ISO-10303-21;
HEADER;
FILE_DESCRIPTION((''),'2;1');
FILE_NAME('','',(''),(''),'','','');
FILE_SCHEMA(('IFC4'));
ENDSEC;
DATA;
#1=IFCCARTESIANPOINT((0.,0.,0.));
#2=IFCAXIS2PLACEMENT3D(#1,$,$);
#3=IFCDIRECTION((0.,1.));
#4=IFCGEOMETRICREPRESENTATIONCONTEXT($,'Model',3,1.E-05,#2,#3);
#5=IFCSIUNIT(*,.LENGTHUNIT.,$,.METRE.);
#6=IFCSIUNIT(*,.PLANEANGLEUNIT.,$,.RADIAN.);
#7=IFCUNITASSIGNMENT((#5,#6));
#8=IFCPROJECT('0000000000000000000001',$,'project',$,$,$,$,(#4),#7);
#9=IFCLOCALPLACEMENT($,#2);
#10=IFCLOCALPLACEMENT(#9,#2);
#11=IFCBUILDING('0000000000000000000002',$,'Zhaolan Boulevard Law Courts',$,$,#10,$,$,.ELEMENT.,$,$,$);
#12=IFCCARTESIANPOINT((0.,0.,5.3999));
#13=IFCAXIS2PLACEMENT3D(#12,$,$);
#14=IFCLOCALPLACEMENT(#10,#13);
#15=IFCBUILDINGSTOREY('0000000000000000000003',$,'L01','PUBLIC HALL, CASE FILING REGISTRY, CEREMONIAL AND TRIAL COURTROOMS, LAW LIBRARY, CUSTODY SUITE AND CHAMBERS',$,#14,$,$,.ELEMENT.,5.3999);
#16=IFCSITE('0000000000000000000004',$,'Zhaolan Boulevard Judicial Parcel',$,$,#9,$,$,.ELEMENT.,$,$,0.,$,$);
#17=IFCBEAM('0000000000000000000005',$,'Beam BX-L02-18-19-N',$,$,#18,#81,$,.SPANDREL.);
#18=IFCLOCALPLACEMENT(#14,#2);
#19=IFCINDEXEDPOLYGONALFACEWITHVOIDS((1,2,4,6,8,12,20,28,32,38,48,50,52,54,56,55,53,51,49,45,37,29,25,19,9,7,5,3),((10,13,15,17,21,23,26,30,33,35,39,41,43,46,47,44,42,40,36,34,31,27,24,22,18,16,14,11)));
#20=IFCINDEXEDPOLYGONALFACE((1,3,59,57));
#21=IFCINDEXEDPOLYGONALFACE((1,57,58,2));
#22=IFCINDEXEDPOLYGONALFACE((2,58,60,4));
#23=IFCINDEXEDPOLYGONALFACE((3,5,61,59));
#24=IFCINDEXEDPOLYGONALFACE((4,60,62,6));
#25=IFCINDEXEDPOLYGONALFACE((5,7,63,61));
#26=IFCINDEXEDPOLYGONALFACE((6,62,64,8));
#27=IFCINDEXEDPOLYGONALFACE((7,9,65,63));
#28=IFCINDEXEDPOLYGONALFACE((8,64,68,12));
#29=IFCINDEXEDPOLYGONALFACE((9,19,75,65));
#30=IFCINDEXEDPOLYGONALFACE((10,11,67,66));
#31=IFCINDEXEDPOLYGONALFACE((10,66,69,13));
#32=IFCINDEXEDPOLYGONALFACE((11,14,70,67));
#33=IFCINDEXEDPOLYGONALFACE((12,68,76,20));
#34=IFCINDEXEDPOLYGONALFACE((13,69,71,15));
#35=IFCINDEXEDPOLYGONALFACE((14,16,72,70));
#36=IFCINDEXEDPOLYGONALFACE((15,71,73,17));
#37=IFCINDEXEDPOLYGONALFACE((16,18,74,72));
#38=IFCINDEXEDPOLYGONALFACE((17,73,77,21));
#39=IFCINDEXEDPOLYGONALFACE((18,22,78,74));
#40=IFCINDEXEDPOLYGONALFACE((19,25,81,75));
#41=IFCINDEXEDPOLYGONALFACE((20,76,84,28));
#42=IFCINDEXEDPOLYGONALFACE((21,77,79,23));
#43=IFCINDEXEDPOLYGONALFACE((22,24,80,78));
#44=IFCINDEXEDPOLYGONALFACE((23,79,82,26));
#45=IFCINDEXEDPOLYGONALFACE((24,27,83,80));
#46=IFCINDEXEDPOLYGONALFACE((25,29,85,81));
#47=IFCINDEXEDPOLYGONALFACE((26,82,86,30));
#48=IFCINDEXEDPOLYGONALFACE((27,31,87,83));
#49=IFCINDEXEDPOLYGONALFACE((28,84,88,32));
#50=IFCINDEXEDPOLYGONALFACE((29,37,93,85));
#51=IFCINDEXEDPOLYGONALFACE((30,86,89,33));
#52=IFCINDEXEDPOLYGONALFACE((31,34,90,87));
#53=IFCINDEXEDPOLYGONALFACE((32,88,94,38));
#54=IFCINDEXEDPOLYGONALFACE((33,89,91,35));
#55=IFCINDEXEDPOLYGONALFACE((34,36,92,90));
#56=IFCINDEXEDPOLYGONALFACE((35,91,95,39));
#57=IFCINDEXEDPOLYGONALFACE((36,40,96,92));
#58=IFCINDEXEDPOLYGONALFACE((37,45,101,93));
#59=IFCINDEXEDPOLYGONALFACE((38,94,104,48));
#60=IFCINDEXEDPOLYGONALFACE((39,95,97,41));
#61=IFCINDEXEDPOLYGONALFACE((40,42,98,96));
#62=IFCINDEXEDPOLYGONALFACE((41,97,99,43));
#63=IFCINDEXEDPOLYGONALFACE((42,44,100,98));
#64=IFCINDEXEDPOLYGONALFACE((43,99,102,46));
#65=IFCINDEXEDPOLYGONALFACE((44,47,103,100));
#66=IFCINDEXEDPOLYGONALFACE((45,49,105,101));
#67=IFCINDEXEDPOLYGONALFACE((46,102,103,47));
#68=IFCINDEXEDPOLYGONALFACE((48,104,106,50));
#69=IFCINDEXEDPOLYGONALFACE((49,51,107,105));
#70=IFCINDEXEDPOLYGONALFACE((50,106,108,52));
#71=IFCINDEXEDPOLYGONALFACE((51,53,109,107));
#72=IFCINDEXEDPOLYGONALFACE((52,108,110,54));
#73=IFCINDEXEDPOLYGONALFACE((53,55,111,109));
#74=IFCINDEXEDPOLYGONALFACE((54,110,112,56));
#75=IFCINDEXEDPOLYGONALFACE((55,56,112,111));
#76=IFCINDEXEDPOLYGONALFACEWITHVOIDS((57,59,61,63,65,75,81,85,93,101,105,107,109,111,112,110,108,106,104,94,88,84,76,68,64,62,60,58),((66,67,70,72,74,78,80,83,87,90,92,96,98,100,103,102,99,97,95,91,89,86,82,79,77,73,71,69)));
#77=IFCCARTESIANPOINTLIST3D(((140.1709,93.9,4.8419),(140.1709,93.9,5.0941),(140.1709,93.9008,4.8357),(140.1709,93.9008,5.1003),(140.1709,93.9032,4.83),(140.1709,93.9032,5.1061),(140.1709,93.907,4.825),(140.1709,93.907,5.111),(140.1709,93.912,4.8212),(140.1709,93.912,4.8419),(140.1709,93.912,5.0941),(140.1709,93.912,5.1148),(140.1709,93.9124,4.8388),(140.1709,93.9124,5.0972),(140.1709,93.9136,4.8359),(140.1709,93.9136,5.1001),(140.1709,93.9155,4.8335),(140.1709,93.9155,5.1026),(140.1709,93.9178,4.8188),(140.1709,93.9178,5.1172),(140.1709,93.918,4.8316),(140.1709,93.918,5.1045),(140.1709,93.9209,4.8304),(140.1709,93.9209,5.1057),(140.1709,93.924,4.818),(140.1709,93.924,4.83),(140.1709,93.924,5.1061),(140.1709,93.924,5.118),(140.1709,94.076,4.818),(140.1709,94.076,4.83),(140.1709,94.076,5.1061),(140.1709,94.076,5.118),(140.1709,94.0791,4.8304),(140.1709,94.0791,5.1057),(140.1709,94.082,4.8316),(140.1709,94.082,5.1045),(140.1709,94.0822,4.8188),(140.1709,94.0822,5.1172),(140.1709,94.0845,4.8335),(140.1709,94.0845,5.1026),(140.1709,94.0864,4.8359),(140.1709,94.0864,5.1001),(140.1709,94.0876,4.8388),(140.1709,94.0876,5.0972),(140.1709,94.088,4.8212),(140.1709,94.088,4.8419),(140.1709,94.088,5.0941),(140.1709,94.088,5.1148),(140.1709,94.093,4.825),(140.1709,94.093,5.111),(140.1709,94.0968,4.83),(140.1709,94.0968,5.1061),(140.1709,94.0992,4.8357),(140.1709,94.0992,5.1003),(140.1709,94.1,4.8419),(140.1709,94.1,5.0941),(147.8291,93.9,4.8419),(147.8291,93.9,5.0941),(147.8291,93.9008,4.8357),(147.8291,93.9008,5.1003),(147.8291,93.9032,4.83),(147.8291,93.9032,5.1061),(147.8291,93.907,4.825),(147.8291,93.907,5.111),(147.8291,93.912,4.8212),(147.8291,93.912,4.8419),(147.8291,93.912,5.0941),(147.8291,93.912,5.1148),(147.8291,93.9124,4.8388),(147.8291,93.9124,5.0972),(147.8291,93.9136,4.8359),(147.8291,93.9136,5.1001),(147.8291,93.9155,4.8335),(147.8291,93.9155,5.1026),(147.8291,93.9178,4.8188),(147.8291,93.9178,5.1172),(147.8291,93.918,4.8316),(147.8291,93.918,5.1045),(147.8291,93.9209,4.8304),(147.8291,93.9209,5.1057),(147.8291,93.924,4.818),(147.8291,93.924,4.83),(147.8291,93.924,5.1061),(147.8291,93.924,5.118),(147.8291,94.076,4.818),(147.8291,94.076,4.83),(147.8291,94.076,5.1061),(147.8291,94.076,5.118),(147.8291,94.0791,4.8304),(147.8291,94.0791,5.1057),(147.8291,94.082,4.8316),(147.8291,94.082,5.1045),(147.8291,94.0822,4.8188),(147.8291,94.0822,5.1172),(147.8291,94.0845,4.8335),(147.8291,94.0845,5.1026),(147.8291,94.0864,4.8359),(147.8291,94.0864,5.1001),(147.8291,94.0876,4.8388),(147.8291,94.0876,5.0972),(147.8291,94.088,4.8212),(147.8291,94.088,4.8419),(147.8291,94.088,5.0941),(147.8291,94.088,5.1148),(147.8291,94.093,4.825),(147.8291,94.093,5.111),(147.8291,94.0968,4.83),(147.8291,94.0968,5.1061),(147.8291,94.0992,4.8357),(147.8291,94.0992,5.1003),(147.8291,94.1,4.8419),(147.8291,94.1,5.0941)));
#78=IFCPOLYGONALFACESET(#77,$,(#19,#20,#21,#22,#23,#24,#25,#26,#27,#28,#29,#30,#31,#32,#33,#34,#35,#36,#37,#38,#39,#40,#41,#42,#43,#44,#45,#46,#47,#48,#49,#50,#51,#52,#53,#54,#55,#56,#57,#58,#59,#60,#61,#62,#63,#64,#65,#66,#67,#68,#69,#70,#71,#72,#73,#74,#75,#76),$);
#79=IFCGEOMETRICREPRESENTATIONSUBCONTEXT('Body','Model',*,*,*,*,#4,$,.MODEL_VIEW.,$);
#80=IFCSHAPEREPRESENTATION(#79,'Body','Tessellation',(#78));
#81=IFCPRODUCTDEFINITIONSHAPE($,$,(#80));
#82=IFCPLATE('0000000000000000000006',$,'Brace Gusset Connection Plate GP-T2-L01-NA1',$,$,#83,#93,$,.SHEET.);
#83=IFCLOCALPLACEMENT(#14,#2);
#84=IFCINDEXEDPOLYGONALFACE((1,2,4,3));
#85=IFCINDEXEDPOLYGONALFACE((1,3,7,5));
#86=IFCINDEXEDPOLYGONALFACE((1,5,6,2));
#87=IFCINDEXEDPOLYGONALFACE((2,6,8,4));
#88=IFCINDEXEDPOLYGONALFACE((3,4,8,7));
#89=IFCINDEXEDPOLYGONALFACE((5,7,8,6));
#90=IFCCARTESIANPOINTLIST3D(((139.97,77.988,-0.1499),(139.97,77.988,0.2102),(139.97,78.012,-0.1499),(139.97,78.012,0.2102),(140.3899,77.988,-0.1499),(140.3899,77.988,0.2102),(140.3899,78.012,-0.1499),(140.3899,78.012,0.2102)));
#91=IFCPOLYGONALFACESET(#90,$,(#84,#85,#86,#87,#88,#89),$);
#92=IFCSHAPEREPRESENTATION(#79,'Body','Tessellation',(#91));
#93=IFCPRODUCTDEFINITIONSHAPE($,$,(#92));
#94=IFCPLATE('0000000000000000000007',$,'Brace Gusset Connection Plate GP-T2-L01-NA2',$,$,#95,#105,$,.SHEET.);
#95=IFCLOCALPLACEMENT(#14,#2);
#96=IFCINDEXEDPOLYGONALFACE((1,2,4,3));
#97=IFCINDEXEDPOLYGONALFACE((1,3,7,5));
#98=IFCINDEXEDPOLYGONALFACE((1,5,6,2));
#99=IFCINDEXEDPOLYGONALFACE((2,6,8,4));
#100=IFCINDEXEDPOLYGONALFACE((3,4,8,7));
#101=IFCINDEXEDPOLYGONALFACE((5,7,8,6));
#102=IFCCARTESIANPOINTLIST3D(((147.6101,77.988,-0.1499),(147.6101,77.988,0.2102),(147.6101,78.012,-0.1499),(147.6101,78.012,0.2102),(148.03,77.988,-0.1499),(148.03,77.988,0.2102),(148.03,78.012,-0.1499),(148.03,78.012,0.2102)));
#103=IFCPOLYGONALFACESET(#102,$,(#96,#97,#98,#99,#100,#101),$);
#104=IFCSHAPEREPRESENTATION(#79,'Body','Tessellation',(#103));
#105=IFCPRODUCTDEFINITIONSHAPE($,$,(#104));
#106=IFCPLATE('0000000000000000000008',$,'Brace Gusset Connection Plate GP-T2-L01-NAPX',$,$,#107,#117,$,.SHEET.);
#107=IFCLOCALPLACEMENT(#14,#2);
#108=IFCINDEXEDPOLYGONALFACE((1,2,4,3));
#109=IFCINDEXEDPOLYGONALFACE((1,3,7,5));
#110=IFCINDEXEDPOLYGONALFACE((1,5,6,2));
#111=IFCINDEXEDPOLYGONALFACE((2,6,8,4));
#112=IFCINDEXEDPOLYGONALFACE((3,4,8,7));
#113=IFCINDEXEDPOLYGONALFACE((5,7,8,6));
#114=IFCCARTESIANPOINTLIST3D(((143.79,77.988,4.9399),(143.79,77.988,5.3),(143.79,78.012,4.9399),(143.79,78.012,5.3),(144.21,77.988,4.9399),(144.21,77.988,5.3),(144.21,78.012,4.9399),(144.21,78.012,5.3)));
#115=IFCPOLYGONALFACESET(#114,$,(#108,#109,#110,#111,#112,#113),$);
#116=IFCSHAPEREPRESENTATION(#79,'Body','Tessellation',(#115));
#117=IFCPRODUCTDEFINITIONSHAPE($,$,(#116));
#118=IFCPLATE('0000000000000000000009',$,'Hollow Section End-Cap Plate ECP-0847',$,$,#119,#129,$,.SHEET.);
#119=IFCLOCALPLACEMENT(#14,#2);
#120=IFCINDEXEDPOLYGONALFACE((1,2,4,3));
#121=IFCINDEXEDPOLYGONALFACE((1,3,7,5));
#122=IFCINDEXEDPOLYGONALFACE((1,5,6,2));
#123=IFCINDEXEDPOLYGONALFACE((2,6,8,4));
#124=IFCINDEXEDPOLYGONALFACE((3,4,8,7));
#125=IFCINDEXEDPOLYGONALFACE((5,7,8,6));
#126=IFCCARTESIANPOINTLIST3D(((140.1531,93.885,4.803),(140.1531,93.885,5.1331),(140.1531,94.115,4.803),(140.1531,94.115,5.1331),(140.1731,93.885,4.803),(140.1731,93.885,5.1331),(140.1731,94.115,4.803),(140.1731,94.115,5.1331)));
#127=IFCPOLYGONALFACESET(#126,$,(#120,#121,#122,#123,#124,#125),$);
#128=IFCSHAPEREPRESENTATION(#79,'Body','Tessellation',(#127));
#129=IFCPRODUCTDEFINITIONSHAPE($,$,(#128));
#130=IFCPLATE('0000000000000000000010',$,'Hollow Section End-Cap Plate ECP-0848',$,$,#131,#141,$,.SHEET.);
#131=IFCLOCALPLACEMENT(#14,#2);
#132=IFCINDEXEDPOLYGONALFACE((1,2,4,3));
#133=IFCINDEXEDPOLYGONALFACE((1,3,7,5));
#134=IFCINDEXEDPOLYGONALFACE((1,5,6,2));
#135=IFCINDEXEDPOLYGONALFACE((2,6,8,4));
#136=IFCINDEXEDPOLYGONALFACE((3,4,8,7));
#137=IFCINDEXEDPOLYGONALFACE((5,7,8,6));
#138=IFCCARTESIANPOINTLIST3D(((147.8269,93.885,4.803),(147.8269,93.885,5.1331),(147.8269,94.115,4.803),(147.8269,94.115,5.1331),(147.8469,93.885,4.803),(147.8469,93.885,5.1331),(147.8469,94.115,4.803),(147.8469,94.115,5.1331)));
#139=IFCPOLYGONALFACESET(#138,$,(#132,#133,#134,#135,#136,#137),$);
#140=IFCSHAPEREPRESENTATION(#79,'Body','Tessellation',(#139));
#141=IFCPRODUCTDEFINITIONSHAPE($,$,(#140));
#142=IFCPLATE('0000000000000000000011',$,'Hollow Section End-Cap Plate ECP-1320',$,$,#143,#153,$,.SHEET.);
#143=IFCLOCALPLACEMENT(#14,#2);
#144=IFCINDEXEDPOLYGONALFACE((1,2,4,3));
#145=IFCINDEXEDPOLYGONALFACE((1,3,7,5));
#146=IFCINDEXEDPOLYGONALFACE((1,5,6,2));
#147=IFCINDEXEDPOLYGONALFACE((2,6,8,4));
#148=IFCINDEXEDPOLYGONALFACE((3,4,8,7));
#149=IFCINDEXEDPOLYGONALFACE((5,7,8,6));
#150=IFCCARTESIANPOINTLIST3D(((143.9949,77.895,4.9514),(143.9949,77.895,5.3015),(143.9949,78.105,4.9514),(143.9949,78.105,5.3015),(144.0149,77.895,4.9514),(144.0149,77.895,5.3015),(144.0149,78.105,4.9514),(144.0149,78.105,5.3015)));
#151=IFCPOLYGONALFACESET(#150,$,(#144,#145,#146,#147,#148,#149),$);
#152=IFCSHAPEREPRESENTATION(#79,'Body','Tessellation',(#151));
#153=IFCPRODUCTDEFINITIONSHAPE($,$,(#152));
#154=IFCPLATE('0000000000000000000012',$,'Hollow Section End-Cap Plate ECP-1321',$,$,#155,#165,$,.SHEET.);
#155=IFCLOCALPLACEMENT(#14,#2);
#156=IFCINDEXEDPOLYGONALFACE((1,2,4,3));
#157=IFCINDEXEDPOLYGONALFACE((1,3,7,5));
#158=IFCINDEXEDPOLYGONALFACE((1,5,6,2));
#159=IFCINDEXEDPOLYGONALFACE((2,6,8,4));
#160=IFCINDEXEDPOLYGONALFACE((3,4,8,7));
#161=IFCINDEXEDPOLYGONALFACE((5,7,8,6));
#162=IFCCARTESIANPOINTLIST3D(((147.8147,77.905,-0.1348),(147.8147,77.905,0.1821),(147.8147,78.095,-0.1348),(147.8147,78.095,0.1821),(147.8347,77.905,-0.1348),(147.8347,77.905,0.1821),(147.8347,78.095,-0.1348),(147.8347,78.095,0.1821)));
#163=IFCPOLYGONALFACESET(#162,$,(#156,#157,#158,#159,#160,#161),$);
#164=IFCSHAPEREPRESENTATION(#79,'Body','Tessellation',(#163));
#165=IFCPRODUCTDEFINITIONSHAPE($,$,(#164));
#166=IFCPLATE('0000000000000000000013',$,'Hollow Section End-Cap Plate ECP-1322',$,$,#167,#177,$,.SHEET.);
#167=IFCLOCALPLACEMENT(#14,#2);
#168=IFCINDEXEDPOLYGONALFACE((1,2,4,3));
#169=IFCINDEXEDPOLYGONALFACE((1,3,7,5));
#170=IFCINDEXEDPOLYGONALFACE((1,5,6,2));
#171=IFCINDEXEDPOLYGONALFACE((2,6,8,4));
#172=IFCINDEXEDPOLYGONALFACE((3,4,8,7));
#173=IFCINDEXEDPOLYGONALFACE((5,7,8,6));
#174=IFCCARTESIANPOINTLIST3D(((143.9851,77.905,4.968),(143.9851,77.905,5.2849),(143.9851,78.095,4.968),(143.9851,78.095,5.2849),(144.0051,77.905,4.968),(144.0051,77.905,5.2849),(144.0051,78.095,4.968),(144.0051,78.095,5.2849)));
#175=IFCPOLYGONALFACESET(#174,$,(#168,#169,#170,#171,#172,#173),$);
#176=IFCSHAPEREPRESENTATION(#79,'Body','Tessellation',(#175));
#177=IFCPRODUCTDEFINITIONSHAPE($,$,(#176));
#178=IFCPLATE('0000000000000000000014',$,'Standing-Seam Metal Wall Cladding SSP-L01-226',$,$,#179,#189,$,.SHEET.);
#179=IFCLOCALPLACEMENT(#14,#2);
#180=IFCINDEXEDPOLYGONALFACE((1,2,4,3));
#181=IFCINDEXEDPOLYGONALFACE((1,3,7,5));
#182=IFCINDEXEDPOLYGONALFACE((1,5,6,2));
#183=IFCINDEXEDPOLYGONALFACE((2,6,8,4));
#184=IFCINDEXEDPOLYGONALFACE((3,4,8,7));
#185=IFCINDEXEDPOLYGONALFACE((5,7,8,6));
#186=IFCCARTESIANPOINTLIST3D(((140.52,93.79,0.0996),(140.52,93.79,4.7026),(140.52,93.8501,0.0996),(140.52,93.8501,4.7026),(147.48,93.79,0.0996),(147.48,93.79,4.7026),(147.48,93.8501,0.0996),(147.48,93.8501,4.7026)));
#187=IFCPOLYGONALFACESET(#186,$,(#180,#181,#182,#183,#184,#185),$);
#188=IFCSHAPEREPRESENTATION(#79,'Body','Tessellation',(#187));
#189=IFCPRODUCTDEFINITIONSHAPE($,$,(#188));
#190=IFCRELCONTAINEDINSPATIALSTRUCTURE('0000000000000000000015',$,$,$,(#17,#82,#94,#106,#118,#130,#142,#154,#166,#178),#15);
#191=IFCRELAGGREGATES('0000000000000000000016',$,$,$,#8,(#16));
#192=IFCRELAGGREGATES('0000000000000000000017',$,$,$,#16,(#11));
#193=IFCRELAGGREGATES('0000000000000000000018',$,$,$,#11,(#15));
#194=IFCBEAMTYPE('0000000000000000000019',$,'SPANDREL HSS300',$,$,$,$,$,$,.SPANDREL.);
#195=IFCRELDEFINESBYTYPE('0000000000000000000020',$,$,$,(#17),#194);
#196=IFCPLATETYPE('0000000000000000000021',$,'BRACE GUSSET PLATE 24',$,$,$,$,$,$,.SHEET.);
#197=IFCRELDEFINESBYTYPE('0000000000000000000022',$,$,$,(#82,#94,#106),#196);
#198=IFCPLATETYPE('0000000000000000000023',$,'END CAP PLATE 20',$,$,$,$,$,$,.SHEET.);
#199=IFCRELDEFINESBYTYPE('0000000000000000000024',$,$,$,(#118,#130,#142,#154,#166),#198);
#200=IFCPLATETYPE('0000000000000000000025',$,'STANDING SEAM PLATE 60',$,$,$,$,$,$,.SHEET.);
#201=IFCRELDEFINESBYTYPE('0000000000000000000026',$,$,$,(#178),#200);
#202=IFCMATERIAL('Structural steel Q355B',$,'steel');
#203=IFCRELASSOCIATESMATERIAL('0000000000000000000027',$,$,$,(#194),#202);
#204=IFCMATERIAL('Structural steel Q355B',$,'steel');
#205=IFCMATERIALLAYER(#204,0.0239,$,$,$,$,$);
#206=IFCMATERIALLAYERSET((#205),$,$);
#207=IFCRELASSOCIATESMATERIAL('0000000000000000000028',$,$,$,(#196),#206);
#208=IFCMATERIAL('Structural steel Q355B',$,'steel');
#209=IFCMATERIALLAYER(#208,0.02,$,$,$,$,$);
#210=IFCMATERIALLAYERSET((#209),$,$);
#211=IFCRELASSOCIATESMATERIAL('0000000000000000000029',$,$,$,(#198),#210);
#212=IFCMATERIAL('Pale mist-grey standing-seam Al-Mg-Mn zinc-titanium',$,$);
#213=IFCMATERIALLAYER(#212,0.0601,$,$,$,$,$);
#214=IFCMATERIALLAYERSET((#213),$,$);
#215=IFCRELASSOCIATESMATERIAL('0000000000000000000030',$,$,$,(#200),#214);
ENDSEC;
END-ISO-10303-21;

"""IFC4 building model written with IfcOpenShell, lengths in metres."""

from ifc_helpers import new_model, si_unit, direction, frame, origin, origin_2d, place, context, subcontext, project, spatial, rectangle, hollow_rectangle, extrude, material, layer, layer_set, material_profile, profile_set, type_object, element, save


model = new_model("IFC4")

# Units and contexts
model_context = context("Model", 3, precision=1e-05, world=origin(), true_north=direction((0.0, 1.0)))
body_context = subcontext(model_context, "Body", "Model", "MODEL_VIEW")
ifc_project = project(units=[si_unit("LENGTHUNIT", "METRE"), si_unit("PLANEANGLEUNIT", "RADIAN")], contexts=[model_context])

# Site, building, storey
site_placement = place(None, origin())
site = spatial("IfcSite", under=ifc_project, at=site_placement, Name="Zhaolan Boulevard Judicial Parcel", CompositionType="ELEMENT", RefElevation=0.0)
building_placement = place(site_placement, origin())
building = spatial("IfcBuilding", under=site, at=building_placement, Name="Zhaolan Boulevard Law Courts", CompositionType="ELEMENT")
storey_placement = place(building_placement, frame((0.0, 0.0, 5.3999)))
storey = spatial("IfcBuildingStorey", under=building, at=storey_placement, Name="L01", Description="PUBLIC HALL, CASE FILING REGISTRY, CEREMONIAL AND TRIAL COURTROOMS, LAW LIBRARY, CUSTODY SUITE AND CHAMBERS", CompositionType="ELEMENT", Elevation=5.3999)

# Beam
ifc_material_1 = material(Name="Structural steel Q355B", Category="steel")
ifc_material_profile_1 = material_profile(ifc_material_1, hollow_rectangle(XDim=0.2, YDim=0.3, WallThickness=0.012, InnerFilletRadius=0.012, OuterFilletRadius=0.0239, at=origin_2d()), Name="HSS300x200x12")
ifc_profile_set_1 = profile_set([ifc_material_profile_1], Name="Structural steel Q355B")
beam_type_1 = type_object("IfcBeamType", Name="SPANDREL HSS300", PredefinedType="SPANDREL", material=ifc_profile_set_1)
beam_1_placement = place(storey_placement, frame((140.1709, 94.0, 4.968), z_axis=(1.0, 0.0, 0.0), x_axis=(0.0, 1.0, 0.0)))
element("IfcBeam", 1, at=beam_1_placement, inside=storey, type_object=beam_type_1, Name="Beam BX-L02-18-19-N", PredefinedType="SPANDREL", context=body_context, shape_type="SweptSolid", body=[
    extrude(hollow_rectangle(XDim=0.2, YDim=0.3, WallThickness=0.012, InnerFilletRadius=0.012, OuterFilletRadius=0.0239, at=origin_2d()), origin(), (0.0, 0.0, 1.0), 7.6582),
])

# Plates
ifc_material_2 = material(Name="Structural steel Q355B", Category="steel")
ifc_layer_1 = layer(ifc_material_2, 0.0239)
ifc_layer_set_1 = layer_set([ifc_layer_1])
plate_type_1 = type_object("IfcPlateType", Name="BRACE GUSSET PLATE 24", PredefinedType="SHEET", material=ifc_layer_set_1)
for number, where, z_axis, x_axis, name in (
    (2, (140.1799, 78.0, -0.1499), (0.0, 0.0, 1.0), (1.0, 0.0, 0.0), "Brace Gusset Connection Plate GP-T2-L01-NA1"),
    (3, (147.8201, 78.0, -0.1499), (0.0, 0.0, 1.0), (1.0, 0.0, 0.0), "Brace Gusset Connection Plate GP-T2-L01-NA2"),
    (4, (144.0, 78.0, 4.9399), (0.0, 0.0, 1.0), (1.0, 0.0, 0.0), "Brace Gusset Connection Plate GP-T2-L01-NAPX"),
):
    element("IfcPlate", number, at=place(storey_placement, frame(where, z_axis=z_axis, x_axis=x_axis)), inside=storey, type_object=plate_type_1, Name=name, PredefinedType="SHEET", context=body_context, shape_type="SweptSolid", body=[
        extrude(rectangle(XDim=0.4199, YDim=0.0239, at=origin_2d()), origin(), (0.0, 0.0, 1.0), 0.3601),
    ])
ifc_material_3 = material(Name="Structural steel Q355B", Category="steel")
ifc_layer_2 = layer(ifc_material_3, 0.02)
ifc_layer_set_2 = layer_set([ifc_layer_2])
plate_type_2 = type_object("IfcPlateType", Name="END CAP PLATE 20", PredefinedType="SHEET", material=ifc_layer_set_2)
for number, where, z_axis, x_axis, name in (
    (5, (140.1631, 94.0, 4.803), (0.0, 0.0, 1.0), (1.0, 0.0, 0.0), "Hollow Section End-Cap Plate ECP-0847"),
    (6, (147.8369, 94.0, 4.803), (0.0, 0.0, 1.0), (1.0, 0.0, 0.0), "Hollow Section End-Cap Plate ECP-0848"),
):
    element("IfcPlate", number, at=place(storey_placement, frame(where, z_axis=z_axis, x_axis=x_axis)), inside=storey, type_object=plate_type_2, Name=name, PredefinedType="SHEET", context=body_context, shape_type="SweptSolid", body=[
        extrude(rectangle(XDim=0.02, YDim=0.23, at=origin_2d()), origin(), (0.0, 0.0, 1.0), 0.3301),
    ])
plate_1_placement = place(storey_placement, frame((144.0049, 78.0, 4.9514), z_axis=(0.0, 0.0, 1.0), x_axis=(1.0, 0.0, 0.0)))
element("IfcPlate", 7, at=plate_1_placement, inside=storey, type_object=plate_type_2, Name="Hollow Section End-Cap Plate ECP-1320", PredefinedType="SHEET", context=body_context, shape_type="SweptSolid", body=[
    extrude(rectangle(XDim=0.02, YDim=0.21, at=origin_2d()), origin(), (0.0, 0.0, 1.0), 0.3501),
])
for number, where, z_axis, x_axis, name in (
    (8, (147.8247, 78.0, -0.1348), (0.0, 0.0, 1.0), (-1.0, 0.0, 0.0), "Hollow Section End-Cap Plate ECP-1321"),
    (9, (143.9951, 78.0, 4.968), (0.0, 0.0, 1.0), (-1.0, 0.0, 0.0), "Hollow Section End-Cap Plate ECP-1322"),
):
    element("IfcPlate", number, at=place(storey_placement, frame(where, z_axis=z_axis, x_axis=x_axis)), inside=storey, type_object=plate_type_2, Name=name, PredefinedType="SHEET", context=body_context, shape_type="SweptSolid", body=[
        extrude(rectangle(XDim=0.02, YDim=0.1899, at=origin_2d()), origin(), (0.0, 0.0, 1.0), 0.3169),
    ])
ifc_material_4 = material(Name="Pale mist-grey standing-seam Al-Mg-Mn zinc-titanium")
ifc_layer_3 = layer(ifc_material_4, 0.0601)
ifc_layer_set_3 = layer_set([ifc_layer_3])
plate_type_3 = type_object("IfcPlateType", Name="STANDING SEAM PLATE 60", PredefinedType="SHEET", material=ifc_layer_set_3)
plate_2_placement = place(storey_placement, frame((144.0, 93.8201, 0.0996), z_axis=(0.0, 0.0, 1.0), x_axis=(-1.0, 0.0, 0.0)))
element("IfcPlate", 10, at=plate_2_placement, inside=storey, type_object=plate_type_3, Name="Standing-Seam Metal Wall Cladding SSP-L01-226", PredefinedType="SHEET", context=body_context, shape_type="SweptSolid", body=[
    extrude(rectangle(XDim=6.96, YDim=0.0601, at=origin_2d()), origin(), (0.0, 0.0, 1.0), 4.603),
])

save(model, "model.ifc")
